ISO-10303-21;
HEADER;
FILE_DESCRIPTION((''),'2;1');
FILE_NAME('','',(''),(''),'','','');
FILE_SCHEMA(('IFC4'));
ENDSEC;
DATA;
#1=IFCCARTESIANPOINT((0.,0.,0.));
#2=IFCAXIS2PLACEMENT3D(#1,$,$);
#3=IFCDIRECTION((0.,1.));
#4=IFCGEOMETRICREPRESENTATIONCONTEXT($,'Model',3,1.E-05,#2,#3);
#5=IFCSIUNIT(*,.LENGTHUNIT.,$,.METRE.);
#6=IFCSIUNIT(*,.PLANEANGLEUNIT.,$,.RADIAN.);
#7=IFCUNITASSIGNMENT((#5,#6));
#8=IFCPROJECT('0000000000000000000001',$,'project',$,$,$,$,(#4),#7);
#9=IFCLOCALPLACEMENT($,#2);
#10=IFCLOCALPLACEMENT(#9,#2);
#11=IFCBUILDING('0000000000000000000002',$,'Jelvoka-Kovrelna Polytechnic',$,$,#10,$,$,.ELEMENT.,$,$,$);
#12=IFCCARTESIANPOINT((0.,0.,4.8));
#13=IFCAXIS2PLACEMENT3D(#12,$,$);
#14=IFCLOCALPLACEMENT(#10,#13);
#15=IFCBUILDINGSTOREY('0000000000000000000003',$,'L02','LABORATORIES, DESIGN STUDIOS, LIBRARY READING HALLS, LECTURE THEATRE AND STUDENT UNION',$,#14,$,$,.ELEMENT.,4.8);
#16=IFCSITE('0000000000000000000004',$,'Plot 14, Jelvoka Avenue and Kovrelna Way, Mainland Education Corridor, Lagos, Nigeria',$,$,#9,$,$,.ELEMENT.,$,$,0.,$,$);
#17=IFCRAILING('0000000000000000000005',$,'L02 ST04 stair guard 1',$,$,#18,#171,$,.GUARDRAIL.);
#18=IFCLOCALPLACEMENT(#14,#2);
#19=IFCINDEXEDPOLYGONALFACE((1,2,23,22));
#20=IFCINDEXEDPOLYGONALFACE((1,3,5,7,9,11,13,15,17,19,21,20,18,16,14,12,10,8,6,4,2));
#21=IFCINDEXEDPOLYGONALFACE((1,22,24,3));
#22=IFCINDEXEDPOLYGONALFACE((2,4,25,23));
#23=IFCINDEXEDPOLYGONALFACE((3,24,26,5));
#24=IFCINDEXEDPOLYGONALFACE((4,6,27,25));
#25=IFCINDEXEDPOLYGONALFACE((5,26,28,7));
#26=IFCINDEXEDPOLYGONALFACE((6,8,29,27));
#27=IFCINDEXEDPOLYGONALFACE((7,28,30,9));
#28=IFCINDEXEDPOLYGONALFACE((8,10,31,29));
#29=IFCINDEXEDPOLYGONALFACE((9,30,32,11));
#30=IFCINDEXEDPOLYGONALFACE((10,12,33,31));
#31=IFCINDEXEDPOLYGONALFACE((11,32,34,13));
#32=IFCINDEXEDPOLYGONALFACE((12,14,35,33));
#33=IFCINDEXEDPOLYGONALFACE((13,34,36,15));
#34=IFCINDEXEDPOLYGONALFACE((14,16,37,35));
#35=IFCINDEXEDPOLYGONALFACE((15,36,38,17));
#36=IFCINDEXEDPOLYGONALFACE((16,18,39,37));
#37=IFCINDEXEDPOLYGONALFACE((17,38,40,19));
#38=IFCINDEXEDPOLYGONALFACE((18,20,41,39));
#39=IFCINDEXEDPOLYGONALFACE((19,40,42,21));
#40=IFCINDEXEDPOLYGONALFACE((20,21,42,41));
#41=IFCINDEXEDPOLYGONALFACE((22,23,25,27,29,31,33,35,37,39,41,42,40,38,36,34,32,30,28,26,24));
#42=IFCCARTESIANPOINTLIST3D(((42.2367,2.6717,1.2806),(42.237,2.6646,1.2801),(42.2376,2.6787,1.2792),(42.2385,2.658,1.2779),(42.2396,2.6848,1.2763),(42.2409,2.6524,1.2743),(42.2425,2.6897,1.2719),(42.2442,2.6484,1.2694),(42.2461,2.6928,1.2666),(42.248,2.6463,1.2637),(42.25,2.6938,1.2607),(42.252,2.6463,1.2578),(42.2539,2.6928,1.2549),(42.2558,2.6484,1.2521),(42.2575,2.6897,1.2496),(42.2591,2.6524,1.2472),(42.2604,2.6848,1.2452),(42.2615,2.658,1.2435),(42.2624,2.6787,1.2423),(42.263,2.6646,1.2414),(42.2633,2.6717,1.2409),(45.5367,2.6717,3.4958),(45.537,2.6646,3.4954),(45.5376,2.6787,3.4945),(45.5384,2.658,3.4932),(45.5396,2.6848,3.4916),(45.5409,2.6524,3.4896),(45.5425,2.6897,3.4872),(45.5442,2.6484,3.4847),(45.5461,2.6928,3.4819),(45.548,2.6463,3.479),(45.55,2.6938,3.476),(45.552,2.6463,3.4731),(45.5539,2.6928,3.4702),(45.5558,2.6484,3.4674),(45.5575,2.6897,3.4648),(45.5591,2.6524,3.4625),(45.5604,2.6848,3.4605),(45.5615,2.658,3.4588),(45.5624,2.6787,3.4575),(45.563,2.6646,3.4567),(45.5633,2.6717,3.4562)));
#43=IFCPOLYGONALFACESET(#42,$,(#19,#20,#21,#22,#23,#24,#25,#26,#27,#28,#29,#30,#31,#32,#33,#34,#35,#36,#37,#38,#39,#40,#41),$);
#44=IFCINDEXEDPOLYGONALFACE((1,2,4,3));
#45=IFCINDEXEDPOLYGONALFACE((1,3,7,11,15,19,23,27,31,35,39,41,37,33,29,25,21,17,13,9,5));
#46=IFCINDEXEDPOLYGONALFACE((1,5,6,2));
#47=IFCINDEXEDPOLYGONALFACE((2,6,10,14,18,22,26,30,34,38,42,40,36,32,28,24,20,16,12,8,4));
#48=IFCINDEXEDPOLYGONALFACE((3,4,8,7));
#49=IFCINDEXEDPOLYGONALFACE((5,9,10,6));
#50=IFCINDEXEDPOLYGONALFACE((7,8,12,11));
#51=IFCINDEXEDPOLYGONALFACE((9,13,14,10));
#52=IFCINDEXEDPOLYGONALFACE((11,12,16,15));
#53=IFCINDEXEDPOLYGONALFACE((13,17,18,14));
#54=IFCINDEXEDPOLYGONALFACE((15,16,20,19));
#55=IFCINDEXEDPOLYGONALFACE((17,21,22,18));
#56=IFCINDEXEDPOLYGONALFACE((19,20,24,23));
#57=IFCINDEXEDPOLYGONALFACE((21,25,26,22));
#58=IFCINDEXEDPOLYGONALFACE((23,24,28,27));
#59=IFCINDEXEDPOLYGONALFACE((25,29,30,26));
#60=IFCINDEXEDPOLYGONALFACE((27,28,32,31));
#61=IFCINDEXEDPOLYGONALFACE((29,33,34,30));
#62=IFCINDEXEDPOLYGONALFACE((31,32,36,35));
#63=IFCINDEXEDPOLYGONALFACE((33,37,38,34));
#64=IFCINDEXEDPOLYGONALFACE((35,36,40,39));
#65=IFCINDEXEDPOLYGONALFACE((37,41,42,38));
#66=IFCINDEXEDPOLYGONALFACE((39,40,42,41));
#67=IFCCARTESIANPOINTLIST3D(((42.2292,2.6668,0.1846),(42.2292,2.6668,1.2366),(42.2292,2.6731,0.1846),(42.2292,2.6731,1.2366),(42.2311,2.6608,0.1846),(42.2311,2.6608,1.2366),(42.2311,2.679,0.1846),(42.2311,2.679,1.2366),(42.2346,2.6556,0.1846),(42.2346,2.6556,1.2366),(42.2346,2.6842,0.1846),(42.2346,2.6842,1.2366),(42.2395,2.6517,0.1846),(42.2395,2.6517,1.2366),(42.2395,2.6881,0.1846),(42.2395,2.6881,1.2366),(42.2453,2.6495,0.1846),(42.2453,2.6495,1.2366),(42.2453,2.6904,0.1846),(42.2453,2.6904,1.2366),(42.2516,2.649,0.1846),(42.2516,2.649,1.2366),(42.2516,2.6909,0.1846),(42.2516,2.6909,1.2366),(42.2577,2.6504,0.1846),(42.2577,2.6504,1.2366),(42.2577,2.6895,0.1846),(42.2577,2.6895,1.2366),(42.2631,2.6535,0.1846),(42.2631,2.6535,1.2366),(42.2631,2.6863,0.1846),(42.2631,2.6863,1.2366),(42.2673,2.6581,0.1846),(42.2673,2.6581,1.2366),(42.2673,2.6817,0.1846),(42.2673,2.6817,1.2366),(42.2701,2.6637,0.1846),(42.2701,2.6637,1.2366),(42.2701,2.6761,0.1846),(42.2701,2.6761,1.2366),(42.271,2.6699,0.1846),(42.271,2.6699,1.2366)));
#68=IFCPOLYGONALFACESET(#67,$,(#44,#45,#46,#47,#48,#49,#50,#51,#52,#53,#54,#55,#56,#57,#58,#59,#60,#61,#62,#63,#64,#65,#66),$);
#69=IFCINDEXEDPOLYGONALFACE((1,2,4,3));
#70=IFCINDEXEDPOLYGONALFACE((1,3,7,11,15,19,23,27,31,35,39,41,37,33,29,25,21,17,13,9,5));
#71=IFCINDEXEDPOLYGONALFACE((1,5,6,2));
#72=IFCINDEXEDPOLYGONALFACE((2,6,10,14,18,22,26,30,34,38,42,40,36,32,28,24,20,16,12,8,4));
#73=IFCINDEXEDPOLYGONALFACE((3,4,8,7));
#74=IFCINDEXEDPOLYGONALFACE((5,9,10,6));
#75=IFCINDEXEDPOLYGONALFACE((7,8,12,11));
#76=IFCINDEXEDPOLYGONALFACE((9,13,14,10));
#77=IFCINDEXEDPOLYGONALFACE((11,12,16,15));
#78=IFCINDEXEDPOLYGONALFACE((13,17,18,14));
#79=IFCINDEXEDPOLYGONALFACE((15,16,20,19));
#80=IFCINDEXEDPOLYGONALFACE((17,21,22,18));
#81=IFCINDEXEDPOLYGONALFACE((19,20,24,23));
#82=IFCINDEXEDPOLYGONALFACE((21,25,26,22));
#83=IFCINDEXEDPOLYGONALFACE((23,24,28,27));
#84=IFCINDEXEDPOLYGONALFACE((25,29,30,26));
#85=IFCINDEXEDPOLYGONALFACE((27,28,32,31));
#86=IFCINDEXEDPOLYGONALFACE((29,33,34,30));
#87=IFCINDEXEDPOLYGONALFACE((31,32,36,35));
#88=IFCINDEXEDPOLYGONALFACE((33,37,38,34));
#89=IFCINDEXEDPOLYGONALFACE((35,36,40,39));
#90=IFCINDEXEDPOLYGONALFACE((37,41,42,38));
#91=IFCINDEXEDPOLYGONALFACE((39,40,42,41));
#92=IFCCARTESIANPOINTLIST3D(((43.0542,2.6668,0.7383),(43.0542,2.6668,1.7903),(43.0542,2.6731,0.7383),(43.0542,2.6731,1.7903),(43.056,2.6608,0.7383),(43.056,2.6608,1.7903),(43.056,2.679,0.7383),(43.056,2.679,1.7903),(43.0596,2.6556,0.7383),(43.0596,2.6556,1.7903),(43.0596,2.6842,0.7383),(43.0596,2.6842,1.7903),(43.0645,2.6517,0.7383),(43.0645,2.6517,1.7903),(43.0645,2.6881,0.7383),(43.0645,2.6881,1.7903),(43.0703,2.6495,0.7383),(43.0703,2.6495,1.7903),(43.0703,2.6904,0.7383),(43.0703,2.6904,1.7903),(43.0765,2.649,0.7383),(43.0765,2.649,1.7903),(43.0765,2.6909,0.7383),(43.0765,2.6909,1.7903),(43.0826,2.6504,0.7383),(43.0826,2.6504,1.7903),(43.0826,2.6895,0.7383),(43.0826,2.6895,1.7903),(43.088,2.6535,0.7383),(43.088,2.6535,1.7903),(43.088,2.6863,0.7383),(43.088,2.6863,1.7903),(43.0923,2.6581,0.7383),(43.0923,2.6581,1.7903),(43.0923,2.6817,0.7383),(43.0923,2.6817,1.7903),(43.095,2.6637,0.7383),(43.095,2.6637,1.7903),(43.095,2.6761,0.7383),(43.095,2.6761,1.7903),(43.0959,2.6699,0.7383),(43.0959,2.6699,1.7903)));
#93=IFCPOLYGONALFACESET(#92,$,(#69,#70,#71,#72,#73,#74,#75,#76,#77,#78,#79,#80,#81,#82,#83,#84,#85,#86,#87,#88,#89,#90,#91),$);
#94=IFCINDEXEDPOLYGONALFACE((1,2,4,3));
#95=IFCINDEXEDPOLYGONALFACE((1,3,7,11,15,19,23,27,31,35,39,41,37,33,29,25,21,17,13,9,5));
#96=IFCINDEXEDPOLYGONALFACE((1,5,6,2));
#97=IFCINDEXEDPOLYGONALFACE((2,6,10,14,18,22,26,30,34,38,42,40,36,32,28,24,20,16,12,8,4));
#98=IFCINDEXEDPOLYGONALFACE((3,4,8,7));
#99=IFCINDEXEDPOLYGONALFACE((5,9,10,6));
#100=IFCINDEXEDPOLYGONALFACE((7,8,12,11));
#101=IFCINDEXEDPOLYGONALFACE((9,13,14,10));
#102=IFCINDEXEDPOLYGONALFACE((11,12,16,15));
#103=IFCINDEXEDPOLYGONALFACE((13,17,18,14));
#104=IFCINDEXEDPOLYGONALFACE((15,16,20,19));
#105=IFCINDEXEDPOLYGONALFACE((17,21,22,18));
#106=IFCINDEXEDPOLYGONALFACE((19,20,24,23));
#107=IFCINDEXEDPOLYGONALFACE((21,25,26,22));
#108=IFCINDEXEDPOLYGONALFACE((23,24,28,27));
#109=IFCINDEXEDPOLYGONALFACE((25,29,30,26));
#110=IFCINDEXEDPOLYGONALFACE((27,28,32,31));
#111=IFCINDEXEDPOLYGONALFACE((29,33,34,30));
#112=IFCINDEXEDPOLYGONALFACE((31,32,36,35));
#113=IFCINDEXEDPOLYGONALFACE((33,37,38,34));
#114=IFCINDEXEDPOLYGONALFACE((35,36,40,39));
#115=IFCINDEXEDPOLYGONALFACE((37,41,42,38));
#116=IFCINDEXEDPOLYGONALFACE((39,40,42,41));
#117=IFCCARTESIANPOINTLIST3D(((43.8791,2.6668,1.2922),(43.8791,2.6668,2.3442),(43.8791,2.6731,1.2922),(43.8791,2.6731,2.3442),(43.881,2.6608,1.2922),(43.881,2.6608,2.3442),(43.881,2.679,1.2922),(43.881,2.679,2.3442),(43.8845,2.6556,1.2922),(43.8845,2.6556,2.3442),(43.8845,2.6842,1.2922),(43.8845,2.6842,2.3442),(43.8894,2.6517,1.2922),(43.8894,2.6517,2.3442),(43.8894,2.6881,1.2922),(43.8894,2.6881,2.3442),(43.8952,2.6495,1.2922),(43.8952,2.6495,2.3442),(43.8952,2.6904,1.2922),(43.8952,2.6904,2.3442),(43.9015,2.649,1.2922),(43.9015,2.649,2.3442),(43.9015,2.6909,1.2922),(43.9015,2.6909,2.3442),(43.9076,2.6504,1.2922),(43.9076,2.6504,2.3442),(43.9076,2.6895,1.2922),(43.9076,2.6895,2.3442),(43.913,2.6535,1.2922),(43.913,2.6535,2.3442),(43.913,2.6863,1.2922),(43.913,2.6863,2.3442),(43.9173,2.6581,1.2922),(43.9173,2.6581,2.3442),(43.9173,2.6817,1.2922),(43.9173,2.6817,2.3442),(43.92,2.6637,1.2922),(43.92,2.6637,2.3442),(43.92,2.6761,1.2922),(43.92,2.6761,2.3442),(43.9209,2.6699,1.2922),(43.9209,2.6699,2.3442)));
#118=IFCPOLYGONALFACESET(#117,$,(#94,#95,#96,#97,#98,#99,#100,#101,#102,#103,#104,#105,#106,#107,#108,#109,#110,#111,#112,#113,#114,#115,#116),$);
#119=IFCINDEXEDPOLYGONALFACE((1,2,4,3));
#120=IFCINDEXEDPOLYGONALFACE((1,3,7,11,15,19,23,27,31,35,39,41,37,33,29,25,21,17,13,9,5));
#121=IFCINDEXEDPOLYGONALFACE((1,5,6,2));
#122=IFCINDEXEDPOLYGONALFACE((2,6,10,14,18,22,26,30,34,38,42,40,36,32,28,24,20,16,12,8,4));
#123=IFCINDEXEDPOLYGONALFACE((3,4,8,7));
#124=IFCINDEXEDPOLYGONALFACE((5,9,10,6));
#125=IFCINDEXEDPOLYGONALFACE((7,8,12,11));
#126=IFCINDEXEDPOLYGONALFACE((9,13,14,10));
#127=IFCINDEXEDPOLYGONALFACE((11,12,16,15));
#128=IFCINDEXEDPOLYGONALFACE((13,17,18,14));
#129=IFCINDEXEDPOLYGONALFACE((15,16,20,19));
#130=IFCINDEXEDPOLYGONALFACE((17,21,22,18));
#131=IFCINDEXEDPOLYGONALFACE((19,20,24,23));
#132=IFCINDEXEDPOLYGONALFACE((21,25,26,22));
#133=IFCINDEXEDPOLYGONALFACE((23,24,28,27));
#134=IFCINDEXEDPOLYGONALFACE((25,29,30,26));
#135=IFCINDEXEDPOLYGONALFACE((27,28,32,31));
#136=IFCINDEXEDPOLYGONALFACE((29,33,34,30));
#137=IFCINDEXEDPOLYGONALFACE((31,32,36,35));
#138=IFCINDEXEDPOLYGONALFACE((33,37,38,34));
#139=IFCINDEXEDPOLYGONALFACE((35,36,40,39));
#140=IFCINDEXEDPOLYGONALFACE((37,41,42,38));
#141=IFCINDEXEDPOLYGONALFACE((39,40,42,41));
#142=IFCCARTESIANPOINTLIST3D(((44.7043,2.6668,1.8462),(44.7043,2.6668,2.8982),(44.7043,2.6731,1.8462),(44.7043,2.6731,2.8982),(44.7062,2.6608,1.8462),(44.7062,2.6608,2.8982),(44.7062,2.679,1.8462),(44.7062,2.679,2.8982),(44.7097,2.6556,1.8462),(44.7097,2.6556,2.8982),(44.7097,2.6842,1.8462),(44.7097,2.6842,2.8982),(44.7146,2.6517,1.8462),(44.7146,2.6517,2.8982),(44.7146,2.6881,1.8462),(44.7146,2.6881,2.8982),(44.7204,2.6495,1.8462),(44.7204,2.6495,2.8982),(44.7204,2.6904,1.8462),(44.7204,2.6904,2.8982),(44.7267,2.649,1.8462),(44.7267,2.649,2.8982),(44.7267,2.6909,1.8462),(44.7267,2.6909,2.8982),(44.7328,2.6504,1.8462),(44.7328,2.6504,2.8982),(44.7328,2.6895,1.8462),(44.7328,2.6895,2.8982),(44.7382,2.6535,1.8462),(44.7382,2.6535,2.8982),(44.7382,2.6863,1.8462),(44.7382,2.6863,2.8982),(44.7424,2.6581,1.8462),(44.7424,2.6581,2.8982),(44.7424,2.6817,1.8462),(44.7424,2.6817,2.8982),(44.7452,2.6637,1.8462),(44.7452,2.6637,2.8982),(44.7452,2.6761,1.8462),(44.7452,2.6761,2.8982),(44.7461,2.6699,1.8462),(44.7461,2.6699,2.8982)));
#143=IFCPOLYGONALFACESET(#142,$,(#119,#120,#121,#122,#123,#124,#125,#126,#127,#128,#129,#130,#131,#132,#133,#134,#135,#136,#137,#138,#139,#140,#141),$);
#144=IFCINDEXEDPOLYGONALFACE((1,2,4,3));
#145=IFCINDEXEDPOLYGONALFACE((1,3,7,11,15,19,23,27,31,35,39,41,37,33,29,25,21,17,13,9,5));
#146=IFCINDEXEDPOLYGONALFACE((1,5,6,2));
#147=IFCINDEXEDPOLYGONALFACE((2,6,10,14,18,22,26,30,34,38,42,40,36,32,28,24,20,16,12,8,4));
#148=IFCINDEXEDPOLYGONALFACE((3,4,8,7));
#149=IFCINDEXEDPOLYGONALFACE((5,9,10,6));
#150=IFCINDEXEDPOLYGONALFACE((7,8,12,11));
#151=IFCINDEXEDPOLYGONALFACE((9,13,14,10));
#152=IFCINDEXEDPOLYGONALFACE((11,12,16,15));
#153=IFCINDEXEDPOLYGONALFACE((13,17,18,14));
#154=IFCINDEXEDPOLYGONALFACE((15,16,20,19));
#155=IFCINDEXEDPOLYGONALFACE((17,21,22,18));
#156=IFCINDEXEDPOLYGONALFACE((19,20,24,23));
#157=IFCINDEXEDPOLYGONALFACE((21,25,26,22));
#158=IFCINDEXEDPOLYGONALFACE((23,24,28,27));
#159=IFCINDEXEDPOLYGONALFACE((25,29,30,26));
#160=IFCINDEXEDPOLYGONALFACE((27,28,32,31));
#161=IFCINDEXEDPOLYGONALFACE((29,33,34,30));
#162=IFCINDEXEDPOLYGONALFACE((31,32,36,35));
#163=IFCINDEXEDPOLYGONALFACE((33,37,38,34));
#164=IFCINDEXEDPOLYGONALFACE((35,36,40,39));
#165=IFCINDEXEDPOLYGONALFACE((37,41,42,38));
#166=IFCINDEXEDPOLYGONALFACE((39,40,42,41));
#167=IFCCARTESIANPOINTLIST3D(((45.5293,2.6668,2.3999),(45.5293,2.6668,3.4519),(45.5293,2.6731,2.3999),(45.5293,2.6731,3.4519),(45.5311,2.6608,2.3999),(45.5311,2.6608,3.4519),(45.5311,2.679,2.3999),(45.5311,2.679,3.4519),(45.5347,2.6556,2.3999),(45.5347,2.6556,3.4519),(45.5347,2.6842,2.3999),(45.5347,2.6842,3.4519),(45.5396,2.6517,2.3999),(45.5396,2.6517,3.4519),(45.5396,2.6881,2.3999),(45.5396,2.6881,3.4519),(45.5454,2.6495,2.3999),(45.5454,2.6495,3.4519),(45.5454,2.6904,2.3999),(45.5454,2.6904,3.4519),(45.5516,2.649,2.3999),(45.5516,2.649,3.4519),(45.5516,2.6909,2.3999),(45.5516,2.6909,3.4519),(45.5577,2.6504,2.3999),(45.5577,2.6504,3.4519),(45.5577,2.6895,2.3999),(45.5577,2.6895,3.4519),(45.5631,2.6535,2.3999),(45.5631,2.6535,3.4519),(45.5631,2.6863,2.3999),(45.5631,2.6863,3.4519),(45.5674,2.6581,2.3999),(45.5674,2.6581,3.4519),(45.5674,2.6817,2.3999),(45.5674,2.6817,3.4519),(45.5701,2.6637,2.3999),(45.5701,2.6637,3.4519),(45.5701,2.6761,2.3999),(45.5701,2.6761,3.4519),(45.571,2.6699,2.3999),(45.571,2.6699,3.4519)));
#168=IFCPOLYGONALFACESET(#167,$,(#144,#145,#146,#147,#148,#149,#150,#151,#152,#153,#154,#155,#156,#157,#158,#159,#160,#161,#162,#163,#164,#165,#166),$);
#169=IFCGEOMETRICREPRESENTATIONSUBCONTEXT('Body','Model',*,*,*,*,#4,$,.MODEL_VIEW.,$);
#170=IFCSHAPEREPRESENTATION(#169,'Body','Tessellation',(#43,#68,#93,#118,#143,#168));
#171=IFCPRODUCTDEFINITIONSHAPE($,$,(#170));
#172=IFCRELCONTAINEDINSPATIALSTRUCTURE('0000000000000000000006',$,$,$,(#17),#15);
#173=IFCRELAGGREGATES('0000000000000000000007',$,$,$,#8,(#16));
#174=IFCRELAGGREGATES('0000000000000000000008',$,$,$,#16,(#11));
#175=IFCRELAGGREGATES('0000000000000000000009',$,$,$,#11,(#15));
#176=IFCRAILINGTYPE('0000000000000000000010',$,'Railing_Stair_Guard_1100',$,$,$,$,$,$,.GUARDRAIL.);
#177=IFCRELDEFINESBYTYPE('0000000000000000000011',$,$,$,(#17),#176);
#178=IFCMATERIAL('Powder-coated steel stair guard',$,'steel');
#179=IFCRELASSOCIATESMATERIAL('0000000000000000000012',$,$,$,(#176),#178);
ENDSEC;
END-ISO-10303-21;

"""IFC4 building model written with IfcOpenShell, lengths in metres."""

from ifc_helpers import new_model, si_unit, direction, frame, origin, origin_2d, place, context, subcontext, project, spatial, circle, extrude, material, type_object, element, save


model = new_model("IFC4")

# Units and contexts
model_context = context("Model", 3, precision=1e-05, world=origin(), true_north=direction((0.0, 1.0)))
body_context = subcontext(model_context, "Body", "Model", "MODEL_VIEW")
ifc_project = project(units=[si_unit("LENGTHUNIT", "METRE"), si_unit("PLANEANGLEUNIT", "RADIAN")], contexts=[model_context])

# Site, building, storey
site_placement = place(None, origin())
site = spatial("IfcSite", under=ifc_project, at=site_placement, Name="Plot 14, Jelvoka Avenue and Kovrelna Way, Mainland Education Corridor, Lagos, Nigeria", CompositionType="ELEMENT", RefElevation=0.0)
building_placement = place(site_placement, origin())
building = spatial("IfcBuilding", under=site, at=building_placement, Name="Jelvoka-Kovrelna Polytechnic", CompositionType="ELEMENT")
storey_placement = place(building_placement, frame((0.0, 0.0, 4.8)))
storey = spatial("IfcBuildingStorey", under=building, at=storey_placement, Name="L02", Description="LABORATORIES, DESIGN STUDIOS, LIBRARY READING HALLS, LECTURE THEATRE AND STUDENT UNION", CompositionType="ELEMENT", Elevation=4.8)

# Railing
ifc_material_1 = material(Name="Powder-coated steel stair guard", Category="steel")
railing_type_1 = type_object("IfcRailingType", Name="Railing_Stair_Guard_1100", PredefinedType="GUARDRAIL", material=ifc_material_1)
railing_1_placement = place(storey_placement, frame((42.25, 2.6699, 0.1846)))
element("IfcRailing", 1, at=railing_1_placement, inside=storey, type_object=railing_type_1, Name="L02 ST04 stair guard 1", PredefinedType="GUARDRAIL", context=body_context, shape_type="SweptSolid", body=[
    extrude(circle(Radius=0.0239, at=origin_2d()), frame((0.0, 0.0, 1.0762), z_axis=(0.830269, 0.0, 0.557362), x_axis=(0.0, 1.0, 0.0)), (0.0, 0.0, 1.0), 3.9746),
    extrude(circle(Radius=0.021, at=origin_2d()), origin(), (0.0, 0.0, 1.0), 1.052),
    extrude(circle(Radius=0.021, at=origin_2d()), frame((0.825, 0.0, 0.5537)), (0.0, 0.0, 1.0), 1.052),
    extrude(circle(Radius=0.021, at=origin_2d()), frame((1.6499, 0.0, 1.1077)), (0.0, 0.0, 1.0), 1.052),
    extrude(circle(Radius=0.021, at=origin_2d()), frame((2.4751, 0.0, 1.6616)), (0.0, 0.0, 1.0), 1.052),
    extrude(circle(Radius=0.021, at=origin_2d()), frame((3.3, 0.0, 2.2153)), (0.0, 0.0, 1.0), 1.052),
])

save(model, "model.ifc")
